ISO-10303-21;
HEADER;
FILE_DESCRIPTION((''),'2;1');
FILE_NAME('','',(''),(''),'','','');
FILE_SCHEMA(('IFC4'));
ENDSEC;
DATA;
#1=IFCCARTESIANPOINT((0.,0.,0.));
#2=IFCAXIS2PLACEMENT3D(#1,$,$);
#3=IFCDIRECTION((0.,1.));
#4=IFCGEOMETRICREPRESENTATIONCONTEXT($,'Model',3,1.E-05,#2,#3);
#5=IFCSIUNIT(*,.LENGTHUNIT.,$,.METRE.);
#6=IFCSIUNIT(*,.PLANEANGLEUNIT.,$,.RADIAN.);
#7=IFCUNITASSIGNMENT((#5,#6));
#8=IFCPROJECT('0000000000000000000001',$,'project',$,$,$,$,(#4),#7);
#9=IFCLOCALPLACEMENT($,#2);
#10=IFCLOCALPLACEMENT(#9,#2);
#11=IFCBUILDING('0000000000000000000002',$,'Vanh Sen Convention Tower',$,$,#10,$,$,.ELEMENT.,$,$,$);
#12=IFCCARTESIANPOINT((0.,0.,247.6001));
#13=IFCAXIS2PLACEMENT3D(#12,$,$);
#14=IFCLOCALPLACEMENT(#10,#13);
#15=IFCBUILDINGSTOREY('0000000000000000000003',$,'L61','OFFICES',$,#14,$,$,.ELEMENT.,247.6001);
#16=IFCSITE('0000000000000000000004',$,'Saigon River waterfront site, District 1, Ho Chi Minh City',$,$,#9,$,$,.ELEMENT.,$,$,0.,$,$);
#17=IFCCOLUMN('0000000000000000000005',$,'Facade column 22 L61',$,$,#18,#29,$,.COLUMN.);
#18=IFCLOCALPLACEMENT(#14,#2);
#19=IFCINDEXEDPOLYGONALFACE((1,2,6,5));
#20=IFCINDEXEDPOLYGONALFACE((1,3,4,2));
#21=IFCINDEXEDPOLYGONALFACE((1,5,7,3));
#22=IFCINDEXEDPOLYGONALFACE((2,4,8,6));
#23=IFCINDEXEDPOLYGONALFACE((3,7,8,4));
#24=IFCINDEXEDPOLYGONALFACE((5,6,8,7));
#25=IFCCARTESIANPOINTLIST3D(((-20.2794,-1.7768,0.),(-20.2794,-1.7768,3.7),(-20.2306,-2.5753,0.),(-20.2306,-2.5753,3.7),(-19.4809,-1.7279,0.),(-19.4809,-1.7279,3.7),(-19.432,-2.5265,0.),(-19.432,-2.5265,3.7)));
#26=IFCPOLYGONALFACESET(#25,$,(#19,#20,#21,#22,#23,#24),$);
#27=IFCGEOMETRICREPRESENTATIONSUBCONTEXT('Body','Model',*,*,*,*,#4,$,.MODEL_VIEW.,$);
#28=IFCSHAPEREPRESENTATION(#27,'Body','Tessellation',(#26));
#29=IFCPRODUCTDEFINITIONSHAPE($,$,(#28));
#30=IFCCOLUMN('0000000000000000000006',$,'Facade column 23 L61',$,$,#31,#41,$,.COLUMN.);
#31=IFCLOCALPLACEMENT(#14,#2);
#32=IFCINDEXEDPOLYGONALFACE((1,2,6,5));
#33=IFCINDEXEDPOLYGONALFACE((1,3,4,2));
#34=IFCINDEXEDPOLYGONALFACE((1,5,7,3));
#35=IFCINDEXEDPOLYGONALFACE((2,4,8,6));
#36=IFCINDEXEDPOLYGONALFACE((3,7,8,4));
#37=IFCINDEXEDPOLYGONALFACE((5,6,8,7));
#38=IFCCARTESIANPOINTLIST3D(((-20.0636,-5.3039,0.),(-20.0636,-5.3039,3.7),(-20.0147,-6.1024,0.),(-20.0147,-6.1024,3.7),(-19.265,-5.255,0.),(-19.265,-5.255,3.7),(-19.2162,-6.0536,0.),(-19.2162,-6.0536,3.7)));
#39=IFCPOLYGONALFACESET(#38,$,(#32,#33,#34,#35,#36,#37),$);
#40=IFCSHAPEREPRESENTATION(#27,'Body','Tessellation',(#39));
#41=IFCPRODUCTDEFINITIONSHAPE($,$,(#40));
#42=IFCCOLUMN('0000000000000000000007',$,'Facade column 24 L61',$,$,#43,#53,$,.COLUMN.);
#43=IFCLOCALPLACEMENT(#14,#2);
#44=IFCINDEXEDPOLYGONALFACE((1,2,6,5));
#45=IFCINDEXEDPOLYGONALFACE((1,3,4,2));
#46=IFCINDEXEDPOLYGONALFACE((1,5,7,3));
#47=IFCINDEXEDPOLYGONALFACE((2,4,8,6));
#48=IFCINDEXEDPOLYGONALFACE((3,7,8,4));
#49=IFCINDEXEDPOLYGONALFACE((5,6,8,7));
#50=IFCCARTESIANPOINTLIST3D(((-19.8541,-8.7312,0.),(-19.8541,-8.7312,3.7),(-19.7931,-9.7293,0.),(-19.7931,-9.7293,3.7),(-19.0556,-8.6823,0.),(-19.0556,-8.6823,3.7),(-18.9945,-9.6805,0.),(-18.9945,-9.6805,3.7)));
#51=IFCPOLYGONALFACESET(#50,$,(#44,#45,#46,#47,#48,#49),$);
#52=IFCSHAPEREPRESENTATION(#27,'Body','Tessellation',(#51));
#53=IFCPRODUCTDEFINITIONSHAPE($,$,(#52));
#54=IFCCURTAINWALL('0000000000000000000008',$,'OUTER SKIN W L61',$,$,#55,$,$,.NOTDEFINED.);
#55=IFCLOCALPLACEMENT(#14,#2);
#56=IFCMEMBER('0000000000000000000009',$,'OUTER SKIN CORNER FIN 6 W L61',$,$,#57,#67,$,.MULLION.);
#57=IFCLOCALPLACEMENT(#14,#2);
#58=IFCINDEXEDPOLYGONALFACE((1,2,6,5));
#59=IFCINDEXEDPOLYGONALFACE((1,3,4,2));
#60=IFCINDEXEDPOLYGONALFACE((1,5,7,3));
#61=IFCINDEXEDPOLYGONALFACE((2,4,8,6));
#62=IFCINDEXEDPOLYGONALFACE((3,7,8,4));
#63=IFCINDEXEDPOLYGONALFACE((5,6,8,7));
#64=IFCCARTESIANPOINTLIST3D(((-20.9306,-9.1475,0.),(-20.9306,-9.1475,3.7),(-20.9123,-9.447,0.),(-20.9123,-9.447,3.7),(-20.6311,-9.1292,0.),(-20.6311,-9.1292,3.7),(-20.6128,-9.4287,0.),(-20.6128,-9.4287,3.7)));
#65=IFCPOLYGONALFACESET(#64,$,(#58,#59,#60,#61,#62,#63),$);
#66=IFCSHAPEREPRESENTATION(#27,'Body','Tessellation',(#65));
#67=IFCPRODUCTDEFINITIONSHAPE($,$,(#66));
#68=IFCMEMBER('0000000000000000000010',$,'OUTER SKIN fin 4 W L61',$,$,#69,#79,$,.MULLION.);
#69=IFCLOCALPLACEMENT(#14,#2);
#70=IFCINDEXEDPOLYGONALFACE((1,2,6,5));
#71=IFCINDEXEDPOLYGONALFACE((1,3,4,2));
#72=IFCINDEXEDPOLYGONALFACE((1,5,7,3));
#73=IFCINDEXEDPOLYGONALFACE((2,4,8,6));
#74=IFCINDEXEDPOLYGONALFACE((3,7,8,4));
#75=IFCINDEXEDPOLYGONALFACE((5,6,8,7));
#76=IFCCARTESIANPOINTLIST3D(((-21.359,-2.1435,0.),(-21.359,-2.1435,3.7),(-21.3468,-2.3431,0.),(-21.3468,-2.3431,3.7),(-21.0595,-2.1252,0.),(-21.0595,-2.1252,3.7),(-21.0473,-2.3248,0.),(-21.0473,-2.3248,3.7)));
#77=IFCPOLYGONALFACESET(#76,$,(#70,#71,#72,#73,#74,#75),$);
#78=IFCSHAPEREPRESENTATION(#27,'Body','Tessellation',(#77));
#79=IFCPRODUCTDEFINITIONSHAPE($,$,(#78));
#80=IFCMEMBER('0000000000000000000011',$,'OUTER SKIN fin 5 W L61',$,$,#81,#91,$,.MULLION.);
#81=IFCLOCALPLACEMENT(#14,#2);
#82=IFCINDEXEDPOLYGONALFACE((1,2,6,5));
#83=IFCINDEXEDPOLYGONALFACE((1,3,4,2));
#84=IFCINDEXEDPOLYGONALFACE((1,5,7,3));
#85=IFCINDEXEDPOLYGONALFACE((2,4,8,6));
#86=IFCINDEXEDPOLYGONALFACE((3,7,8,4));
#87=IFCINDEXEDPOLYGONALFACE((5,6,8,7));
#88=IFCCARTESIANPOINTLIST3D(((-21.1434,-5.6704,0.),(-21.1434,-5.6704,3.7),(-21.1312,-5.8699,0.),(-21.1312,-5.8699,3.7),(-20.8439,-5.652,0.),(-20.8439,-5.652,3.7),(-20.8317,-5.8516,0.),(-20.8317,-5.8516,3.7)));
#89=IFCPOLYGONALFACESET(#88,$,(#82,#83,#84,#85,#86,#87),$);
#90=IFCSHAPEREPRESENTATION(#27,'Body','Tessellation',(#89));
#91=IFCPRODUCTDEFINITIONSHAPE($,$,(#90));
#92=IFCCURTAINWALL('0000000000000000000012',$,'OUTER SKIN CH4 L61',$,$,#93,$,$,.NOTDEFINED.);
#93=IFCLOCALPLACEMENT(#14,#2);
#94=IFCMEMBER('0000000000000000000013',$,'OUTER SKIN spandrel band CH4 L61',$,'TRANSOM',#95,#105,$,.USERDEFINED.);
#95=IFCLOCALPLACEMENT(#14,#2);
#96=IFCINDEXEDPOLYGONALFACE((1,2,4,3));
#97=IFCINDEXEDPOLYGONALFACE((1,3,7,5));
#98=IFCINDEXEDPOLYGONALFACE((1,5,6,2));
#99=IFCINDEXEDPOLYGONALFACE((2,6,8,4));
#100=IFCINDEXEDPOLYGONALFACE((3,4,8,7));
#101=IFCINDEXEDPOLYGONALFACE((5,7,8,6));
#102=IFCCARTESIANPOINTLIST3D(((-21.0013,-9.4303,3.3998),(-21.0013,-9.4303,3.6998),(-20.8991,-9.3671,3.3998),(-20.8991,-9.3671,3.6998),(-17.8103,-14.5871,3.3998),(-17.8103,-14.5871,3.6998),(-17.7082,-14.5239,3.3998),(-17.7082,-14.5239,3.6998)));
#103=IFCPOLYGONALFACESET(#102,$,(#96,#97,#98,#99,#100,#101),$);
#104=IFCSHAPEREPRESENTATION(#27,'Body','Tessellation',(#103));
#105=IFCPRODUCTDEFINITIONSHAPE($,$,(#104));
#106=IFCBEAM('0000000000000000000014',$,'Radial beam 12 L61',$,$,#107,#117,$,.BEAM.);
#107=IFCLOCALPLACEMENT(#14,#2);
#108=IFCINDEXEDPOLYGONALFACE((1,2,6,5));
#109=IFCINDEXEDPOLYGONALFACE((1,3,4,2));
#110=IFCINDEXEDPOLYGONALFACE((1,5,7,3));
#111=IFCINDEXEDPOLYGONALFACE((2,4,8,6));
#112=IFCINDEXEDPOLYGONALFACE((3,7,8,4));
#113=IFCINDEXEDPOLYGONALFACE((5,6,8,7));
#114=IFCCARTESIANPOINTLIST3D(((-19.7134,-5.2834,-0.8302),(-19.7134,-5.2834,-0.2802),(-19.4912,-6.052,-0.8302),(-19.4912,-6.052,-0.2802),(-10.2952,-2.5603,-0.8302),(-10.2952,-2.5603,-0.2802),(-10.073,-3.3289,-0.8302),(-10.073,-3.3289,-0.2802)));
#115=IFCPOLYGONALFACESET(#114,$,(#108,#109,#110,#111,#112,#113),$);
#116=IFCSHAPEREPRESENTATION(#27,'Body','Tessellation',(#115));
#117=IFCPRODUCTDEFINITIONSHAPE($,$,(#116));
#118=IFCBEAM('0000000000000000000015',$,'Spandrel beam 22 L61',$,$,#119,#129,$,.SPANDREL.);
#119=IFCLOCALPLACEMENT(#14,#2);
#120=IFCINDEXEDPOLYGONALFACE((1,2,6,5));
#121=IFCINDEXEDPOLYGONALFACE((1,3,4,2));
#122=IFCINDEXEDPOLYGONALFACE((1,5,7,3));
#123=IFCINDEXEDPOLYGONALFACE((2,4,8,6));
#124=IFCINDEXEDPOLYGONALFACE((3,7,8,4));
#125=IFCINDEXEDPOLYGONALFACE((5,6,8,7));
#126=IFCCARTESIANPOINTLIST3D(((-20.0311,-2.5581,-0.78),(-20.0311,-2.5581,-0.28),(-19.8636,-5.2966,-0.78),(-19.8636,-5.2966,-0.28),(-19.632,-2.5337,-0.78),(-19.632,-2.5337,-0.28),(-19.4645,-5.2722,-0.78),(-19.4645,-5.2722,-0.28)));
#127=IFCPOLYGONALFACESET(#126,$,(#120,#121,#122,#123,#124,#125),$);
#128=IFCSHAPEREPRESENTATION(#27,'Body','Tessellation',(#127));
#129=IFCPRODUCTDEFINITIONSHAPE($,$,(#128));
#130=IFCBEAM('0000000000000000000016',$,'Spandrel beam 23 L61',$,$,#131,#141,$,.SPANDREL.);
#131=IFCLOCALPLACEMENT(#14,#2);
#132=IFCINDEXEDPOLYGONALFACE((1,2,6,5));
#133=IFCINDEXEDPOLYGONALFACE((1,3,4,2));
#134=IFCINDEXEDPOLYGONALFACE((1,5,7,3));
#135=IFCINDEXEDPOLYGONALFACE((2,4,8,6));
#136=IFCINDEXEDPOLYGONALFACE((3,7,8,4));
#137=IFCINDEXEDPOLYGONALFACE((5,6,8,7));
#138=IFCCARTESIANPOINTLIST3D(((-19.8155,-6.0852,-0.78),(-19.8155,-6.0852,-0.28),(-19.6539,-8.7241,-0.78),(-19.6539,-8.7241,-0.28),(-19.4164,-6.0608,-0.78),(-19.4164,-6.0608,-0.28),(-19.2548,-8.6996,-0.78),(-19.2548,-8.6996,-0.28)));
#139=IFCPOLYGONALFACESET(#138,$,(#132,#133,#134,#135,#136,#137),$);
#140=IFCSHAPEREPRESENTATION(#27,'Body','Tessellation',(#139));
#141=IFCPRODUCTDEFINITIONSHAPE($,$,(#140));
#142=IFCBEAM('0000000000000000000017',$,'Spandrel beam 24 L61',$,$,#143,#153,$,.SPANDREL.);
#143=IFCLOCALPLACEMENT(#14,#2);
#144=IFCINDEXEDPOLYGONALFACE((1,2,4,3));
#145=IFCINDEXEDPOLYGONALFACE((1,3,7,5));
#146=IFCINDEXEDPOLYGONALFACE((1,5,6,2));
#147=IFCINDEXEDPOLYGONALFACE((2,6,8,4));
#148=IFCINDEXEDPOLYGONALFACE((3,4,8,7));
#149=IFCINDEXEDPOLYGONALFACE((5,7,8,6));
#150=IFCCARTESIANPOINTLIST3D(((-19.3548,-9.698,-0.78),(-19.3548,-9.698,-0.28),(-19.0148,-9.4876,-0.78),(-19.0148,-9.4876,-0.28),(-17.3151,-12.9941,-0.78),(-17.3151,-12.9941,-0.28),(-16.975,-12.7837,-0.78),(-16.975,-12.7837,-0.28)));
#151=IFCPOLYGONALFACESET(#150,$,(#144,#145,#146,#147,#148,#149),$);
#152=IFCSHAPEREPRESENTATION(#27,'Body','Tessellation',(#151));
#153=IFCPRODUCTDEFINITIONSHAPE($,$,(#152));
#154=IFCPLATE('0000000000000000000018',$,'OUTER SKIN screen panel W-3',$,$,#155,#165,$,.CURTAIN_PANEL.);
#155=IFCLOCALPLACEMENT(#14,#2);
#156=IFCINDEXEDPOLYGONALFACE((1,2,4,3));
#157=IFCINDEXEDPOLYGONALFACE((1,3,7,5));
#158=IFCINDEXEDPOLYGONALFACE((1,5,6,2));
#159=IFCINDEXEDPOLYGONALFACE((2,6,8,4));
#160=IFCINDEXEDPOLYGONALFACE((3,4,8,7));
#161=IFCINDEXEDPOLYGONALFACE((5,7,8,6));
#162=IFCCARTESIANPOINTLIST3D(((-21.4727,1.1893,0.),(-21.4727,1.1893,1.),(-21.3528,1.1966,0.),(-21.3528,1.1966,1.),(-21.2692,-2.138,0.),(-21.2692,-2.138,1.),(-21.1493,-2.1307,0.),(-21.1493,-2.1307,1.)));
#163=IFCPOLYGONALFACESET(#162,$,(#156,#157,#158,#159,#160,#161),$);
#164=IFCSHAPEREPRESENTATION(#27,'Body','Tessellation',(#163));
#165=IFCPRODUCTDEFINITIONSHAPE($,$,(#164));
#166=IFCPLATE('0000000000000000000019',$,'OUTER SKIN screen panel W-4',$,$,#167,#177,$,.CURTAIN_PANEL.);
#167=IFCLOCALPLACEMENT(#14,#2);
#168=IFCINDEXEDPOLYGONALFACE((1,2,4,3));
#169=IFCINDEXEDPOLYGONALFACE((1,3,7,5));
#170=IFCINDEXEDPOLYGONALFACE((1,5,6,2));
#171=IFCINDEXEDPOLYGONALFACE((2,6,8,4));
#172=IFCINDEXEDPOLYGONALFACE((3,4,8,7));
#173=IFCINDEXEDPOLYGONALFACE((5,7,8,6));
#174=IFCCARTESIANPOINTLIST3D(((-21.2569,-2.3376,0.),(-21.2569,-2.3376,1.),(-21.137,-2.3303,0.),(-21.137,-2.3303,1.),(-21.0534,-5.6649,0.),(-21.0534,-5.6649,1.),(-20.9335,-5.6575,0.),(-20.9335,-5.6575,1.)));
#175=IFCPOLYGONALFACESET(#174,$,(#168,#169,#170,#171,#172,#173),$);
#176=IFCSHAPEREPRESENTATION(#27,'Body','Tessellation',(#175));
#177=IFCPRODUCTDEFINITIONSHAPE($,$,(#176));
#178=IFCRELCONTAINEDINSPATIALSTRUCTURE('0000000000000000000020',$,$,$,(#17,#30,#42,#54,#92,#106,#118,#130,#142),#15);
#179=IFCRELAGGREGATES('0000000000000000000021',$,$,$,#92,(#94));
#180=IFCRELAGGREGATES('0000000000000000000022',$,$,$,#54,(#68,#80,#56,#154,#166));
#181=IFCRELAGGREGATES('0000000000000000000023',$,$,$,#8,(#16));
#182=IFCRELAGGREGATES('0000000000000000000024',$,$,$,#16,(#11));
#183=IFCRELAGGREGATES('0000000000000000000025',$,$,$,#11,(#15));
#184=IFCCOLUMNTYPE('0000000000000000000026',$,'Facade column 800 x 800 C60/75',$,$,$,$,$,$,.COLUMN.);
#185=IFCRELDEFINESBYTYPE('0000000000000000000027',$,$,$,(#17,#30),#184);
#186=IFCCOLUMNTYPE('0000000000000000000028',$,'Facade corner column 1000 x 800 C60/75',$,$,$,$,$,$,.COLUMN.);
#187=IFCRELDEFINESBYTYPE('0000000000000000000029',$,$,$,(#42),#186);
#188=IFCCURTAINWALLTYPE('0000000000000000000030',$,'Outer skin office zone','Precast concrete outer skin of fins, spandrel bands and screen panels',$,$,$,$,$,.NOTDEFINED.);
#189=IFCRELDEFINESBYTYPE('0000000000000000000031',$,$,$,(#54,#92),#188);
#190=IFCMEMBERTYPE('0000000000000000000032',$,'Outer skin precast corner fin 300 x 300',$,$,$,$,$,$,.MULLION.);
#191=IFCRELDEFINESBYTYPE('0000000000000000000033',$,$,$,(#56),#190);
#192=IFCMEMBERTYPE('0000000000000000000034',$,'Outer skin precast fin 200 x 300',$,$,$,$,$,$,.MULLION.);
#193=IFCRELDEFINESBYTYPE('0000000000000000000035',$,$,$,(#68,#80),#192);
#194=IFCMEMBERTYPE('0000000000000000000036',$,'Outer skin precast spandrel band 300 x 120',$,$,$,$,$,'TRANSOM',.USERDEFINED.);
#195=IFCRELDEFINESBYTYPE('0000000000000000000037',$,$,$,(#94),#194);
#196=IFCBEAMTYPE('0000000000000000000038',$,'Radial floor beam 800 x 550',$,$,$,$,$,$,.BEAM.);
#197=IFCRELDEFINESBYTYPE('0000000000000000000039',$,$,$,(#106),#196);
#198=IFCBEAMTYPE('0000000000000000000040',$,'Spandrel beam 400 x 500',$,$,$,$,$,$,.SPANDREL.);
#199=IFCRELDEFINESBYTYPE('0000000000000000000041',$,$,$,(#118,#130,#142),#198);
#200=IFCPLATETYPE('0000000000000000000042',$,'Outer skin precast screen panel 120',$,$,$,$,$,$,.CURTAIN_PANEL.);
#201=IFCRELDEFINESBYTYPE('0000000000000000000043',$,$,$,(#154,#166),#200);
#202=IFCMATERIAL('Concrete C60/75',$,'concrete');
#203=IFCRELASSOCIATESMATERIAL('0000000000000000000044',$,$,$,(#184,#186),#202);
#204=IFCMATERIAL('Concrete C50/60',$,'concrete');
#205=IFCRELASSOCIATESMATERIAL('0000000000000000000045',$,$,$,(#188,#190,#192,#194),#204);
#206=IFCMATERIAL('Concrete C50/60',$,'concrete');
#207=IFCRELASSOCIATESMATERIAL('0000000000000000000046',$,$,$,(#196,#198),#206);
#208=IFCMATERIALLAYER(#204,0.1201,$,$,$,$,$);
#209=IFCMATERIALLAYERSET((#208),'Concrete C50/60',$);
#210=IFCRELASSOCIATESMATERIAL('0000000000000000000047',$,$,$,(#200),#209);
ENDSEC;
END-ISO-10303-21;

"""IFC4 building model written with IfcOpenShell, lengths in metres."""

from ifc_helpers import new_model, si_unit, direction, frame, origin, origin_2d, place, context, subcontext, project, spatial, rectangle, extrude, material, layer, layer_set, material_profile, profile_set, type_object, element, aggregate, save


model = new_model("IFC4")

# Units and contexts
model_context = context("Model", 3, precision=1e-05, world=origin(), true_north=direction((0.0, 1.0)))
body_context = subcontext(model_context, "Body", "Model", "MODEL_VIEW")
ifc_project = project(units=[si_unit("LENGTHUNIT", "METRE"), si_unit("PLANEANGLEUNIT", "RADIAN")], contexts=[model_context])

# Site, building, storey
site_placement = place(None, origin())
site = spatial("IfcSite", under=ifc_project, at=site_placement, Name="Saigon River waterfront site, District 1, Ho Chi Minh City", CompositionType="ELEMENT", RefElevation=0.0)
building_placement = place(site_placement, origin())
building = spatial("IfcBuilding", under=site, at=building_placement, Name="Vanh Sen Convention Tower", CompositionType="ELEMENT")
storey_placement = place(building_placement, frame((0.0, 0.0, 247.6001)))
storey = spatial("IfcBuildingStorey", under=building, at=storey_placement, Name="L61", Description="OFFICES", CompositionType="ELEMENT", Elevation=247.6001)

# Columns
ifc_material_1 = material(Name="Concrete C60/75", Category="concrete")
ifc_material_profile_1 = material_profile(ifc_material_1, rectangle(XDim=0.8, YDim=0.8, at=origin_2d()), Name="RC 800X800")
ifc_profile_set_1 = profile_set([ifc_material_profile_1], Name="Concrete C60/75")
column_type_1 = type_object("IfcColumnType", Name="Facade column 800 x 800 C60/75", PredefinedType="COLUMN", material=ifc_profile_set_1)
for number, where, z_axis, x_axis, name in (
    (1, (-19.8557, -2.1516, 0.0), (0.0, 0.0, 1.0), (0.061049, -0.998135, 0.0), "Facade column 22 L61"),
    (2, (-19.6399, -5.6787, 0.0), (0.0, 0.0, 1.0), (0.061049, -0.998135, 0.0), "Facade column 23 L61"),
):
    element("IfcColumn", number, at=place(storey_placement, frame(where, z_axis=z_axis, x_axis=x_axis)), inside=storey, type_object=column_type_1, Name=name, PredefinedType="COLUMN", context=body_context, shape_type="SweptSolid", body=[
        extrude(rectangle(XDim=0.8, YDim=0.8, at=origin_2d()), origin(), (0.0, 0.0, 1.0), 3.7),
    ])
ifc_material_profile_2 = material_profile(ifc_material_1, rectangle(XDim=1.0, YDim=0.8, at=origin_2d()), Name="RC 1000X800")
ifc_profile_set_2 = profile_set([ifc_material_profile_2], Name="Concrete C60/75")
column_type_2 = type_object("IfcColumnType", Name="Facade corner column 1000 x 800 C60/75", PredefinedType="COLUMN", material=ifc_profile_set_2)
column_placement = place(storey_placement, frame((-19.4243, -9.2058, 0.0), z_axis=(0.0, 0.0, 1.0), x_axis=(0.061049, -0.998135, 0.0)))
element("IfcColumn", 3, at=column_placement, inside=storey, type_object=column_type_2, Name="Facade column 24 L61", PredefinedType="COLUMN", context=body_context, shape_type="SweptSolid", body=[
    extrude(rectangle(XDim=1.0, YDim=0.8, at=origin_2d()), origin(), (0.0, 0.0, 1.0), 3.7),
])

# Curtain wall, members
ifc_material_2 = material(Name="Concrete C50/60", Category="concrete")
curtain_wall_type = type_object("IfcCurtainWallType", Name="Outer skin office zone", Description="Precast concrete outer skin of fins, spandrel bands and screen panels", PredefinedType="NOTDEFINED", material=ifc_material_2)
curtain_wall_1_placement = place(storey_placement, origin())
curtain_wall_1 = element("IfcCurtainWall", 4, at=curtain_wall_1_placement, inside=storey, type_object=curtain_wall_type, Name="OUTER SKIN W L61", PredefinedType="NOTDEFINED")
ifc_material_profile_3 = material_profile(ifc_material_2, rectangle(XDim=0.3, YDim=0.3, at=origin_2d()), Name="Outer skin precast corner fin 300 x 300")
ifc_profile_set_3 = profile_set([ifc_material_profile_3], Name="Concrete C50/60")
member_type_1 = type_object("IfcMemberType", Name="Outer skin precast corner fin 300 x 300", PredefinedType="MULLION", material=ifc_profile_set_3)
member_1_placement = place(storey_placement, frame((-20.7717, -9.2881, 0.0), z_axis=(0.0, 0.0, 1.0), x_axis=(0.061049, -0.998135, 0.0)))
member_1 = element("IfcMember", 5, at=member_1_placement, type_object=member_type_1, Name="OUTER SKIN CORNER FIN 6 W L61", PredefinedType="MULLION", context=body_context, shape_type="SweptSolid", body=[
    extrude(rectangle(XDim=0.3, YDim=0.3, at=origin_2d()), origin(), (0.0, 0.0, 1.0), 3.7),
])
ifc_material_profile_4 = material_profile(ifc_material_2, rectangle(XDim=0.2, YDim=0.3, at=origin_2d()), Name="Outer skin precast fin 200 x 300")
ifc_profile_set_4 = profile_set([ifc_material_profile_4], Name="Concrete C50/60")
member_type_2 = type_object("IfcMemberType", Name="Outer skin precast fin 200 x 300", PredefinedType="MULLION", material=ifc_profile_set_4)
member_2_placement = place(storey_placement, frame((-21.2031, -2.2341, 0.0), z_axis=(0.0, 0.0, 1.0), x_axis=(0.061049, -0.998135, 0.0)))
member_2 = element("IfcMember", 6, at=member_2_placement, type_object=member_type_2, Name="OUTER SKIN fin 4 W L61", PredefinedType="MULLION", context=body_context, shape_type="SweptSolid", body=[
    extrude(rectangle(XDim=0.2, YDim=0.3, at=origin_2d()), origin(), (0.0, 0.0, 1.0), 3.7),
])
member_3_placement = place(storey_placement, frame((-20.9875, -5.761, 0.0), z_axis=(0.0, 0.0, 1.0), x_axis=(0.061049, -0.998135, 0.0)))
member_3 = element("IfcMember", 7, at=member_3_placement, type_object=member_type_2, Name="OUTER SKIN fin 5 W L61", PredefinedType="MULLION", context=body_context, shape_type="SweptSolid", body=[
    extrude(rectangle(XDim=0.2, YDim=0.3, at=origin_2d()), origin(), (0.0, 0.0, 1.0), 3.7),
])

# Curtain wall, member
curtain_wall_2_placement = place(storey_placement, origin())
curtain_wall_2 = element("IfcCurtainWall", 8, at=curtain_wall_2_placement, inside=storey, type_object=curtain_wall_type, Name="OUTER SKIN CH4 L61", PredefinedType="NOTDEFINED")
ifc_material_profile_5 = material_profile(ifc_material_2, rectangle(XDim=0.1201, YDim=0.3, at=origin_2d()), Name="Outer skin precast spandrel band 300 x 120")
ifc_profile_set_5 = profile_set([ifc_material_profile_5], Name="Concrete C50/60")
member_type_3 = type_object("IfcMemberType", Name="Outer skin precast spandrel band 300 x 120", ElementType="TRANSOM", PredefinedType="USERDEFINED", material=ifc_profile_set_5)
member_4_placement = place(storey_placement, frame((-20.9502, -9.3987, 3.5498), z_axis=(0.526194, -0.850365, 0.0), x_axis=(0.850365, 0.526194, 0.0)))
member_4 = element("IfcMember", 9, at=member_4_placement, type_object=member_type_3, Name="OUTER SKIN spandrel band CH4 L61", ObjectType="TRANSOM", PredefinedType="USERDEFINED", context=body_context, shape_type="SweptSolid", body=[
    extrude(rectangle(XDim=0.1201, YDim=0.3, at=origin_2d()), origin(), (0.0, 0.0, 1.0), 6.0642),
])
aggregate(curtain_wall_2, [member_4])

# Beams
ifc_material_3 = material(Name="Concrete C50/60", Category="concrete")
ifc_material_profile_6 = material_profile(ifc_material_3, rectangle(XDim=0.8, YDim=0.55, at=origin_2d()), Name="RC 800X550")
ifc_profile_set_6 = profile_set([ifc_material_profile_6], Name="Concrete C50/60")
beam_type_1 = type_object("IfcBeamType", Name="Radial floor beam 800 x 550", PredefinedType="BEAM", material=ifc_profile_set_6)
beam_1_placement = place(storey_placement, frame((-19.6023, -5.6677, -0.5552), z_axis=(0.960651, 0.277759, 0.0), x_axis=(-0.277759, 0.960651, 0.0)))
element("IfcBeam", 10, at=beam_1_placement, inside=storey, type_object=beam_type_1, Name="Radial beam 12 L61", PredefinedType="BEAM", context=body_context, shape_type="SweptSolid", body=[
    extrude(rectangle(XDim=0.8, YDim=0.55, at=origin_2d()), origin(), (0.0, 0.0, 1.0), 9.804),
])
ifc_material_profile_7 = material_profile(ifc_material_3, rectangle(XDim=0.3999, YDim=0.5, at=origin_2d()), Name="RC 400X500")
ifc_profile_set_7 = profile_set([ifc_material_profile_7], Name="Concrete C50/60")
beam_type_2 = type_object("IfcBeamType", Name="Spandrel beam 400 x 500", PredefinedType="SPANDREL", material=ifc_profile_set_7)
beam_2_placement = place(storey_placement, frame((-19.8315, -2.5459, -0.53), z_axis=(0.061043, -0.998135, 0.0), x_axis=(0.998135, 0.061043, 0.0)))
element("IfcBeam", 11, at=beam_2_placement, inside=storey, type_object=beam_type_2, Name="Spandrel beam 22 L61", PredefinedType="SPANDREL", context=body_context, shape_type="SweptSolid", body=[
    extrude(rectangle(XDim=0.3999, YDim=0.5, at=origin_2d()), origin(), (0.0, 0.0, 1.0), 2.7437),
])
beam_3_placement = place(storey_placement, frame((-19.616, -6.073, -0.53), z_axis=(0.061131, -0.99813, 0.0), x_axis=(0.99813, 0.061131, 0.0)))
element("IfcBeam", 12, at=beam_3_placement, inside=storey, type_object=beam_type_2, Name="Spandrel beam 23 L61", PredefinedType="SPANDREL", context=body_context, shape_type="SweptSolid", body=[
    extrude(rectangle(XDim=0.3999, YDim=0.5, at=origin_2d()), origin(), (0.0, 0.0, 1.0), 2.6438),
])
beam_4_placement = place(storey_placement, frame((-19.1848, -9.5928, -0.53), z_axis=(0.526229, -0.850343, 0.0), x_axis=(0.850343, 0.526229, 0.0)))
element("IfcBeam", 13, at=beam_4_placement, inside=storey, type_object=beam_type_2, Name="Spandrel beam 24 L61", PredefinedType="SPANDREL", context=body_context, shape_type="SweptSolid", body=[
    extrude(rectangle(XDim=0.3999, YDim=0.5, at=origin_2d()), origin(), (0.0, 0.0, 1.0), 3.8762),
])

# Plates
ifc_layer_1 = layer(ifc_material_2, 0.1201)
ifc_layer_set_1 = layer_set([ifc_layer_1], Name="Concrete C50/60")
plate_type = type_object("IfcPlateType", Name="Outer skin precast screen panel 120", PredefinedType="CURTAIN_PANEL", material=ifc_layer_set_1)
plate_1_placement = place(storey_placement, frame((-21.311, -0.4707, 0.0), z_axis=(0.0, 0.0, 1.0), x_axis=(0.061043, -0.998135, 0.0)))
plate_1 = element("IfcPlate", 14, at=plate_1_placement, type_object=plate_type, Name="OUTER SKIN screen panel W-3", PredefinedType="CURTAIN_PANEL", context=body_context, shape_type="SweptSolid", body=[
    extrude(rectangle(XDim=3.3335, YDim=0.1201, at=origin_2d()), origin(), (0.0, 0.0, 1.0), 1.0),
])
plate_2_placement = place(storey_placement, frame((-21.0952, -3.9976, 0.0), z_axis=(0.0, 0.0, 1.0), x_axis=(0.061043, -0.998135, 0.0)))
plate_2 = element("IfcPlate", 15, at=plate_2_placement, type_object=plate_type, Name="OUTER SKIN screen panel W-4", PredefinedType="CURTAIN_PANEL", context=body_context, shape_type="SweptSolid", body=[
    extrude(rectangle(XDim=3.3335, YDim=0.1201, at=origin_2d()), origin(), (0.0, 0.0, 1.0), 1.0),
])
aggregate(curtain_wall_1, [member_2, member_3, member_1, plate_1, plate_2])

save(model, "model.ifc")
